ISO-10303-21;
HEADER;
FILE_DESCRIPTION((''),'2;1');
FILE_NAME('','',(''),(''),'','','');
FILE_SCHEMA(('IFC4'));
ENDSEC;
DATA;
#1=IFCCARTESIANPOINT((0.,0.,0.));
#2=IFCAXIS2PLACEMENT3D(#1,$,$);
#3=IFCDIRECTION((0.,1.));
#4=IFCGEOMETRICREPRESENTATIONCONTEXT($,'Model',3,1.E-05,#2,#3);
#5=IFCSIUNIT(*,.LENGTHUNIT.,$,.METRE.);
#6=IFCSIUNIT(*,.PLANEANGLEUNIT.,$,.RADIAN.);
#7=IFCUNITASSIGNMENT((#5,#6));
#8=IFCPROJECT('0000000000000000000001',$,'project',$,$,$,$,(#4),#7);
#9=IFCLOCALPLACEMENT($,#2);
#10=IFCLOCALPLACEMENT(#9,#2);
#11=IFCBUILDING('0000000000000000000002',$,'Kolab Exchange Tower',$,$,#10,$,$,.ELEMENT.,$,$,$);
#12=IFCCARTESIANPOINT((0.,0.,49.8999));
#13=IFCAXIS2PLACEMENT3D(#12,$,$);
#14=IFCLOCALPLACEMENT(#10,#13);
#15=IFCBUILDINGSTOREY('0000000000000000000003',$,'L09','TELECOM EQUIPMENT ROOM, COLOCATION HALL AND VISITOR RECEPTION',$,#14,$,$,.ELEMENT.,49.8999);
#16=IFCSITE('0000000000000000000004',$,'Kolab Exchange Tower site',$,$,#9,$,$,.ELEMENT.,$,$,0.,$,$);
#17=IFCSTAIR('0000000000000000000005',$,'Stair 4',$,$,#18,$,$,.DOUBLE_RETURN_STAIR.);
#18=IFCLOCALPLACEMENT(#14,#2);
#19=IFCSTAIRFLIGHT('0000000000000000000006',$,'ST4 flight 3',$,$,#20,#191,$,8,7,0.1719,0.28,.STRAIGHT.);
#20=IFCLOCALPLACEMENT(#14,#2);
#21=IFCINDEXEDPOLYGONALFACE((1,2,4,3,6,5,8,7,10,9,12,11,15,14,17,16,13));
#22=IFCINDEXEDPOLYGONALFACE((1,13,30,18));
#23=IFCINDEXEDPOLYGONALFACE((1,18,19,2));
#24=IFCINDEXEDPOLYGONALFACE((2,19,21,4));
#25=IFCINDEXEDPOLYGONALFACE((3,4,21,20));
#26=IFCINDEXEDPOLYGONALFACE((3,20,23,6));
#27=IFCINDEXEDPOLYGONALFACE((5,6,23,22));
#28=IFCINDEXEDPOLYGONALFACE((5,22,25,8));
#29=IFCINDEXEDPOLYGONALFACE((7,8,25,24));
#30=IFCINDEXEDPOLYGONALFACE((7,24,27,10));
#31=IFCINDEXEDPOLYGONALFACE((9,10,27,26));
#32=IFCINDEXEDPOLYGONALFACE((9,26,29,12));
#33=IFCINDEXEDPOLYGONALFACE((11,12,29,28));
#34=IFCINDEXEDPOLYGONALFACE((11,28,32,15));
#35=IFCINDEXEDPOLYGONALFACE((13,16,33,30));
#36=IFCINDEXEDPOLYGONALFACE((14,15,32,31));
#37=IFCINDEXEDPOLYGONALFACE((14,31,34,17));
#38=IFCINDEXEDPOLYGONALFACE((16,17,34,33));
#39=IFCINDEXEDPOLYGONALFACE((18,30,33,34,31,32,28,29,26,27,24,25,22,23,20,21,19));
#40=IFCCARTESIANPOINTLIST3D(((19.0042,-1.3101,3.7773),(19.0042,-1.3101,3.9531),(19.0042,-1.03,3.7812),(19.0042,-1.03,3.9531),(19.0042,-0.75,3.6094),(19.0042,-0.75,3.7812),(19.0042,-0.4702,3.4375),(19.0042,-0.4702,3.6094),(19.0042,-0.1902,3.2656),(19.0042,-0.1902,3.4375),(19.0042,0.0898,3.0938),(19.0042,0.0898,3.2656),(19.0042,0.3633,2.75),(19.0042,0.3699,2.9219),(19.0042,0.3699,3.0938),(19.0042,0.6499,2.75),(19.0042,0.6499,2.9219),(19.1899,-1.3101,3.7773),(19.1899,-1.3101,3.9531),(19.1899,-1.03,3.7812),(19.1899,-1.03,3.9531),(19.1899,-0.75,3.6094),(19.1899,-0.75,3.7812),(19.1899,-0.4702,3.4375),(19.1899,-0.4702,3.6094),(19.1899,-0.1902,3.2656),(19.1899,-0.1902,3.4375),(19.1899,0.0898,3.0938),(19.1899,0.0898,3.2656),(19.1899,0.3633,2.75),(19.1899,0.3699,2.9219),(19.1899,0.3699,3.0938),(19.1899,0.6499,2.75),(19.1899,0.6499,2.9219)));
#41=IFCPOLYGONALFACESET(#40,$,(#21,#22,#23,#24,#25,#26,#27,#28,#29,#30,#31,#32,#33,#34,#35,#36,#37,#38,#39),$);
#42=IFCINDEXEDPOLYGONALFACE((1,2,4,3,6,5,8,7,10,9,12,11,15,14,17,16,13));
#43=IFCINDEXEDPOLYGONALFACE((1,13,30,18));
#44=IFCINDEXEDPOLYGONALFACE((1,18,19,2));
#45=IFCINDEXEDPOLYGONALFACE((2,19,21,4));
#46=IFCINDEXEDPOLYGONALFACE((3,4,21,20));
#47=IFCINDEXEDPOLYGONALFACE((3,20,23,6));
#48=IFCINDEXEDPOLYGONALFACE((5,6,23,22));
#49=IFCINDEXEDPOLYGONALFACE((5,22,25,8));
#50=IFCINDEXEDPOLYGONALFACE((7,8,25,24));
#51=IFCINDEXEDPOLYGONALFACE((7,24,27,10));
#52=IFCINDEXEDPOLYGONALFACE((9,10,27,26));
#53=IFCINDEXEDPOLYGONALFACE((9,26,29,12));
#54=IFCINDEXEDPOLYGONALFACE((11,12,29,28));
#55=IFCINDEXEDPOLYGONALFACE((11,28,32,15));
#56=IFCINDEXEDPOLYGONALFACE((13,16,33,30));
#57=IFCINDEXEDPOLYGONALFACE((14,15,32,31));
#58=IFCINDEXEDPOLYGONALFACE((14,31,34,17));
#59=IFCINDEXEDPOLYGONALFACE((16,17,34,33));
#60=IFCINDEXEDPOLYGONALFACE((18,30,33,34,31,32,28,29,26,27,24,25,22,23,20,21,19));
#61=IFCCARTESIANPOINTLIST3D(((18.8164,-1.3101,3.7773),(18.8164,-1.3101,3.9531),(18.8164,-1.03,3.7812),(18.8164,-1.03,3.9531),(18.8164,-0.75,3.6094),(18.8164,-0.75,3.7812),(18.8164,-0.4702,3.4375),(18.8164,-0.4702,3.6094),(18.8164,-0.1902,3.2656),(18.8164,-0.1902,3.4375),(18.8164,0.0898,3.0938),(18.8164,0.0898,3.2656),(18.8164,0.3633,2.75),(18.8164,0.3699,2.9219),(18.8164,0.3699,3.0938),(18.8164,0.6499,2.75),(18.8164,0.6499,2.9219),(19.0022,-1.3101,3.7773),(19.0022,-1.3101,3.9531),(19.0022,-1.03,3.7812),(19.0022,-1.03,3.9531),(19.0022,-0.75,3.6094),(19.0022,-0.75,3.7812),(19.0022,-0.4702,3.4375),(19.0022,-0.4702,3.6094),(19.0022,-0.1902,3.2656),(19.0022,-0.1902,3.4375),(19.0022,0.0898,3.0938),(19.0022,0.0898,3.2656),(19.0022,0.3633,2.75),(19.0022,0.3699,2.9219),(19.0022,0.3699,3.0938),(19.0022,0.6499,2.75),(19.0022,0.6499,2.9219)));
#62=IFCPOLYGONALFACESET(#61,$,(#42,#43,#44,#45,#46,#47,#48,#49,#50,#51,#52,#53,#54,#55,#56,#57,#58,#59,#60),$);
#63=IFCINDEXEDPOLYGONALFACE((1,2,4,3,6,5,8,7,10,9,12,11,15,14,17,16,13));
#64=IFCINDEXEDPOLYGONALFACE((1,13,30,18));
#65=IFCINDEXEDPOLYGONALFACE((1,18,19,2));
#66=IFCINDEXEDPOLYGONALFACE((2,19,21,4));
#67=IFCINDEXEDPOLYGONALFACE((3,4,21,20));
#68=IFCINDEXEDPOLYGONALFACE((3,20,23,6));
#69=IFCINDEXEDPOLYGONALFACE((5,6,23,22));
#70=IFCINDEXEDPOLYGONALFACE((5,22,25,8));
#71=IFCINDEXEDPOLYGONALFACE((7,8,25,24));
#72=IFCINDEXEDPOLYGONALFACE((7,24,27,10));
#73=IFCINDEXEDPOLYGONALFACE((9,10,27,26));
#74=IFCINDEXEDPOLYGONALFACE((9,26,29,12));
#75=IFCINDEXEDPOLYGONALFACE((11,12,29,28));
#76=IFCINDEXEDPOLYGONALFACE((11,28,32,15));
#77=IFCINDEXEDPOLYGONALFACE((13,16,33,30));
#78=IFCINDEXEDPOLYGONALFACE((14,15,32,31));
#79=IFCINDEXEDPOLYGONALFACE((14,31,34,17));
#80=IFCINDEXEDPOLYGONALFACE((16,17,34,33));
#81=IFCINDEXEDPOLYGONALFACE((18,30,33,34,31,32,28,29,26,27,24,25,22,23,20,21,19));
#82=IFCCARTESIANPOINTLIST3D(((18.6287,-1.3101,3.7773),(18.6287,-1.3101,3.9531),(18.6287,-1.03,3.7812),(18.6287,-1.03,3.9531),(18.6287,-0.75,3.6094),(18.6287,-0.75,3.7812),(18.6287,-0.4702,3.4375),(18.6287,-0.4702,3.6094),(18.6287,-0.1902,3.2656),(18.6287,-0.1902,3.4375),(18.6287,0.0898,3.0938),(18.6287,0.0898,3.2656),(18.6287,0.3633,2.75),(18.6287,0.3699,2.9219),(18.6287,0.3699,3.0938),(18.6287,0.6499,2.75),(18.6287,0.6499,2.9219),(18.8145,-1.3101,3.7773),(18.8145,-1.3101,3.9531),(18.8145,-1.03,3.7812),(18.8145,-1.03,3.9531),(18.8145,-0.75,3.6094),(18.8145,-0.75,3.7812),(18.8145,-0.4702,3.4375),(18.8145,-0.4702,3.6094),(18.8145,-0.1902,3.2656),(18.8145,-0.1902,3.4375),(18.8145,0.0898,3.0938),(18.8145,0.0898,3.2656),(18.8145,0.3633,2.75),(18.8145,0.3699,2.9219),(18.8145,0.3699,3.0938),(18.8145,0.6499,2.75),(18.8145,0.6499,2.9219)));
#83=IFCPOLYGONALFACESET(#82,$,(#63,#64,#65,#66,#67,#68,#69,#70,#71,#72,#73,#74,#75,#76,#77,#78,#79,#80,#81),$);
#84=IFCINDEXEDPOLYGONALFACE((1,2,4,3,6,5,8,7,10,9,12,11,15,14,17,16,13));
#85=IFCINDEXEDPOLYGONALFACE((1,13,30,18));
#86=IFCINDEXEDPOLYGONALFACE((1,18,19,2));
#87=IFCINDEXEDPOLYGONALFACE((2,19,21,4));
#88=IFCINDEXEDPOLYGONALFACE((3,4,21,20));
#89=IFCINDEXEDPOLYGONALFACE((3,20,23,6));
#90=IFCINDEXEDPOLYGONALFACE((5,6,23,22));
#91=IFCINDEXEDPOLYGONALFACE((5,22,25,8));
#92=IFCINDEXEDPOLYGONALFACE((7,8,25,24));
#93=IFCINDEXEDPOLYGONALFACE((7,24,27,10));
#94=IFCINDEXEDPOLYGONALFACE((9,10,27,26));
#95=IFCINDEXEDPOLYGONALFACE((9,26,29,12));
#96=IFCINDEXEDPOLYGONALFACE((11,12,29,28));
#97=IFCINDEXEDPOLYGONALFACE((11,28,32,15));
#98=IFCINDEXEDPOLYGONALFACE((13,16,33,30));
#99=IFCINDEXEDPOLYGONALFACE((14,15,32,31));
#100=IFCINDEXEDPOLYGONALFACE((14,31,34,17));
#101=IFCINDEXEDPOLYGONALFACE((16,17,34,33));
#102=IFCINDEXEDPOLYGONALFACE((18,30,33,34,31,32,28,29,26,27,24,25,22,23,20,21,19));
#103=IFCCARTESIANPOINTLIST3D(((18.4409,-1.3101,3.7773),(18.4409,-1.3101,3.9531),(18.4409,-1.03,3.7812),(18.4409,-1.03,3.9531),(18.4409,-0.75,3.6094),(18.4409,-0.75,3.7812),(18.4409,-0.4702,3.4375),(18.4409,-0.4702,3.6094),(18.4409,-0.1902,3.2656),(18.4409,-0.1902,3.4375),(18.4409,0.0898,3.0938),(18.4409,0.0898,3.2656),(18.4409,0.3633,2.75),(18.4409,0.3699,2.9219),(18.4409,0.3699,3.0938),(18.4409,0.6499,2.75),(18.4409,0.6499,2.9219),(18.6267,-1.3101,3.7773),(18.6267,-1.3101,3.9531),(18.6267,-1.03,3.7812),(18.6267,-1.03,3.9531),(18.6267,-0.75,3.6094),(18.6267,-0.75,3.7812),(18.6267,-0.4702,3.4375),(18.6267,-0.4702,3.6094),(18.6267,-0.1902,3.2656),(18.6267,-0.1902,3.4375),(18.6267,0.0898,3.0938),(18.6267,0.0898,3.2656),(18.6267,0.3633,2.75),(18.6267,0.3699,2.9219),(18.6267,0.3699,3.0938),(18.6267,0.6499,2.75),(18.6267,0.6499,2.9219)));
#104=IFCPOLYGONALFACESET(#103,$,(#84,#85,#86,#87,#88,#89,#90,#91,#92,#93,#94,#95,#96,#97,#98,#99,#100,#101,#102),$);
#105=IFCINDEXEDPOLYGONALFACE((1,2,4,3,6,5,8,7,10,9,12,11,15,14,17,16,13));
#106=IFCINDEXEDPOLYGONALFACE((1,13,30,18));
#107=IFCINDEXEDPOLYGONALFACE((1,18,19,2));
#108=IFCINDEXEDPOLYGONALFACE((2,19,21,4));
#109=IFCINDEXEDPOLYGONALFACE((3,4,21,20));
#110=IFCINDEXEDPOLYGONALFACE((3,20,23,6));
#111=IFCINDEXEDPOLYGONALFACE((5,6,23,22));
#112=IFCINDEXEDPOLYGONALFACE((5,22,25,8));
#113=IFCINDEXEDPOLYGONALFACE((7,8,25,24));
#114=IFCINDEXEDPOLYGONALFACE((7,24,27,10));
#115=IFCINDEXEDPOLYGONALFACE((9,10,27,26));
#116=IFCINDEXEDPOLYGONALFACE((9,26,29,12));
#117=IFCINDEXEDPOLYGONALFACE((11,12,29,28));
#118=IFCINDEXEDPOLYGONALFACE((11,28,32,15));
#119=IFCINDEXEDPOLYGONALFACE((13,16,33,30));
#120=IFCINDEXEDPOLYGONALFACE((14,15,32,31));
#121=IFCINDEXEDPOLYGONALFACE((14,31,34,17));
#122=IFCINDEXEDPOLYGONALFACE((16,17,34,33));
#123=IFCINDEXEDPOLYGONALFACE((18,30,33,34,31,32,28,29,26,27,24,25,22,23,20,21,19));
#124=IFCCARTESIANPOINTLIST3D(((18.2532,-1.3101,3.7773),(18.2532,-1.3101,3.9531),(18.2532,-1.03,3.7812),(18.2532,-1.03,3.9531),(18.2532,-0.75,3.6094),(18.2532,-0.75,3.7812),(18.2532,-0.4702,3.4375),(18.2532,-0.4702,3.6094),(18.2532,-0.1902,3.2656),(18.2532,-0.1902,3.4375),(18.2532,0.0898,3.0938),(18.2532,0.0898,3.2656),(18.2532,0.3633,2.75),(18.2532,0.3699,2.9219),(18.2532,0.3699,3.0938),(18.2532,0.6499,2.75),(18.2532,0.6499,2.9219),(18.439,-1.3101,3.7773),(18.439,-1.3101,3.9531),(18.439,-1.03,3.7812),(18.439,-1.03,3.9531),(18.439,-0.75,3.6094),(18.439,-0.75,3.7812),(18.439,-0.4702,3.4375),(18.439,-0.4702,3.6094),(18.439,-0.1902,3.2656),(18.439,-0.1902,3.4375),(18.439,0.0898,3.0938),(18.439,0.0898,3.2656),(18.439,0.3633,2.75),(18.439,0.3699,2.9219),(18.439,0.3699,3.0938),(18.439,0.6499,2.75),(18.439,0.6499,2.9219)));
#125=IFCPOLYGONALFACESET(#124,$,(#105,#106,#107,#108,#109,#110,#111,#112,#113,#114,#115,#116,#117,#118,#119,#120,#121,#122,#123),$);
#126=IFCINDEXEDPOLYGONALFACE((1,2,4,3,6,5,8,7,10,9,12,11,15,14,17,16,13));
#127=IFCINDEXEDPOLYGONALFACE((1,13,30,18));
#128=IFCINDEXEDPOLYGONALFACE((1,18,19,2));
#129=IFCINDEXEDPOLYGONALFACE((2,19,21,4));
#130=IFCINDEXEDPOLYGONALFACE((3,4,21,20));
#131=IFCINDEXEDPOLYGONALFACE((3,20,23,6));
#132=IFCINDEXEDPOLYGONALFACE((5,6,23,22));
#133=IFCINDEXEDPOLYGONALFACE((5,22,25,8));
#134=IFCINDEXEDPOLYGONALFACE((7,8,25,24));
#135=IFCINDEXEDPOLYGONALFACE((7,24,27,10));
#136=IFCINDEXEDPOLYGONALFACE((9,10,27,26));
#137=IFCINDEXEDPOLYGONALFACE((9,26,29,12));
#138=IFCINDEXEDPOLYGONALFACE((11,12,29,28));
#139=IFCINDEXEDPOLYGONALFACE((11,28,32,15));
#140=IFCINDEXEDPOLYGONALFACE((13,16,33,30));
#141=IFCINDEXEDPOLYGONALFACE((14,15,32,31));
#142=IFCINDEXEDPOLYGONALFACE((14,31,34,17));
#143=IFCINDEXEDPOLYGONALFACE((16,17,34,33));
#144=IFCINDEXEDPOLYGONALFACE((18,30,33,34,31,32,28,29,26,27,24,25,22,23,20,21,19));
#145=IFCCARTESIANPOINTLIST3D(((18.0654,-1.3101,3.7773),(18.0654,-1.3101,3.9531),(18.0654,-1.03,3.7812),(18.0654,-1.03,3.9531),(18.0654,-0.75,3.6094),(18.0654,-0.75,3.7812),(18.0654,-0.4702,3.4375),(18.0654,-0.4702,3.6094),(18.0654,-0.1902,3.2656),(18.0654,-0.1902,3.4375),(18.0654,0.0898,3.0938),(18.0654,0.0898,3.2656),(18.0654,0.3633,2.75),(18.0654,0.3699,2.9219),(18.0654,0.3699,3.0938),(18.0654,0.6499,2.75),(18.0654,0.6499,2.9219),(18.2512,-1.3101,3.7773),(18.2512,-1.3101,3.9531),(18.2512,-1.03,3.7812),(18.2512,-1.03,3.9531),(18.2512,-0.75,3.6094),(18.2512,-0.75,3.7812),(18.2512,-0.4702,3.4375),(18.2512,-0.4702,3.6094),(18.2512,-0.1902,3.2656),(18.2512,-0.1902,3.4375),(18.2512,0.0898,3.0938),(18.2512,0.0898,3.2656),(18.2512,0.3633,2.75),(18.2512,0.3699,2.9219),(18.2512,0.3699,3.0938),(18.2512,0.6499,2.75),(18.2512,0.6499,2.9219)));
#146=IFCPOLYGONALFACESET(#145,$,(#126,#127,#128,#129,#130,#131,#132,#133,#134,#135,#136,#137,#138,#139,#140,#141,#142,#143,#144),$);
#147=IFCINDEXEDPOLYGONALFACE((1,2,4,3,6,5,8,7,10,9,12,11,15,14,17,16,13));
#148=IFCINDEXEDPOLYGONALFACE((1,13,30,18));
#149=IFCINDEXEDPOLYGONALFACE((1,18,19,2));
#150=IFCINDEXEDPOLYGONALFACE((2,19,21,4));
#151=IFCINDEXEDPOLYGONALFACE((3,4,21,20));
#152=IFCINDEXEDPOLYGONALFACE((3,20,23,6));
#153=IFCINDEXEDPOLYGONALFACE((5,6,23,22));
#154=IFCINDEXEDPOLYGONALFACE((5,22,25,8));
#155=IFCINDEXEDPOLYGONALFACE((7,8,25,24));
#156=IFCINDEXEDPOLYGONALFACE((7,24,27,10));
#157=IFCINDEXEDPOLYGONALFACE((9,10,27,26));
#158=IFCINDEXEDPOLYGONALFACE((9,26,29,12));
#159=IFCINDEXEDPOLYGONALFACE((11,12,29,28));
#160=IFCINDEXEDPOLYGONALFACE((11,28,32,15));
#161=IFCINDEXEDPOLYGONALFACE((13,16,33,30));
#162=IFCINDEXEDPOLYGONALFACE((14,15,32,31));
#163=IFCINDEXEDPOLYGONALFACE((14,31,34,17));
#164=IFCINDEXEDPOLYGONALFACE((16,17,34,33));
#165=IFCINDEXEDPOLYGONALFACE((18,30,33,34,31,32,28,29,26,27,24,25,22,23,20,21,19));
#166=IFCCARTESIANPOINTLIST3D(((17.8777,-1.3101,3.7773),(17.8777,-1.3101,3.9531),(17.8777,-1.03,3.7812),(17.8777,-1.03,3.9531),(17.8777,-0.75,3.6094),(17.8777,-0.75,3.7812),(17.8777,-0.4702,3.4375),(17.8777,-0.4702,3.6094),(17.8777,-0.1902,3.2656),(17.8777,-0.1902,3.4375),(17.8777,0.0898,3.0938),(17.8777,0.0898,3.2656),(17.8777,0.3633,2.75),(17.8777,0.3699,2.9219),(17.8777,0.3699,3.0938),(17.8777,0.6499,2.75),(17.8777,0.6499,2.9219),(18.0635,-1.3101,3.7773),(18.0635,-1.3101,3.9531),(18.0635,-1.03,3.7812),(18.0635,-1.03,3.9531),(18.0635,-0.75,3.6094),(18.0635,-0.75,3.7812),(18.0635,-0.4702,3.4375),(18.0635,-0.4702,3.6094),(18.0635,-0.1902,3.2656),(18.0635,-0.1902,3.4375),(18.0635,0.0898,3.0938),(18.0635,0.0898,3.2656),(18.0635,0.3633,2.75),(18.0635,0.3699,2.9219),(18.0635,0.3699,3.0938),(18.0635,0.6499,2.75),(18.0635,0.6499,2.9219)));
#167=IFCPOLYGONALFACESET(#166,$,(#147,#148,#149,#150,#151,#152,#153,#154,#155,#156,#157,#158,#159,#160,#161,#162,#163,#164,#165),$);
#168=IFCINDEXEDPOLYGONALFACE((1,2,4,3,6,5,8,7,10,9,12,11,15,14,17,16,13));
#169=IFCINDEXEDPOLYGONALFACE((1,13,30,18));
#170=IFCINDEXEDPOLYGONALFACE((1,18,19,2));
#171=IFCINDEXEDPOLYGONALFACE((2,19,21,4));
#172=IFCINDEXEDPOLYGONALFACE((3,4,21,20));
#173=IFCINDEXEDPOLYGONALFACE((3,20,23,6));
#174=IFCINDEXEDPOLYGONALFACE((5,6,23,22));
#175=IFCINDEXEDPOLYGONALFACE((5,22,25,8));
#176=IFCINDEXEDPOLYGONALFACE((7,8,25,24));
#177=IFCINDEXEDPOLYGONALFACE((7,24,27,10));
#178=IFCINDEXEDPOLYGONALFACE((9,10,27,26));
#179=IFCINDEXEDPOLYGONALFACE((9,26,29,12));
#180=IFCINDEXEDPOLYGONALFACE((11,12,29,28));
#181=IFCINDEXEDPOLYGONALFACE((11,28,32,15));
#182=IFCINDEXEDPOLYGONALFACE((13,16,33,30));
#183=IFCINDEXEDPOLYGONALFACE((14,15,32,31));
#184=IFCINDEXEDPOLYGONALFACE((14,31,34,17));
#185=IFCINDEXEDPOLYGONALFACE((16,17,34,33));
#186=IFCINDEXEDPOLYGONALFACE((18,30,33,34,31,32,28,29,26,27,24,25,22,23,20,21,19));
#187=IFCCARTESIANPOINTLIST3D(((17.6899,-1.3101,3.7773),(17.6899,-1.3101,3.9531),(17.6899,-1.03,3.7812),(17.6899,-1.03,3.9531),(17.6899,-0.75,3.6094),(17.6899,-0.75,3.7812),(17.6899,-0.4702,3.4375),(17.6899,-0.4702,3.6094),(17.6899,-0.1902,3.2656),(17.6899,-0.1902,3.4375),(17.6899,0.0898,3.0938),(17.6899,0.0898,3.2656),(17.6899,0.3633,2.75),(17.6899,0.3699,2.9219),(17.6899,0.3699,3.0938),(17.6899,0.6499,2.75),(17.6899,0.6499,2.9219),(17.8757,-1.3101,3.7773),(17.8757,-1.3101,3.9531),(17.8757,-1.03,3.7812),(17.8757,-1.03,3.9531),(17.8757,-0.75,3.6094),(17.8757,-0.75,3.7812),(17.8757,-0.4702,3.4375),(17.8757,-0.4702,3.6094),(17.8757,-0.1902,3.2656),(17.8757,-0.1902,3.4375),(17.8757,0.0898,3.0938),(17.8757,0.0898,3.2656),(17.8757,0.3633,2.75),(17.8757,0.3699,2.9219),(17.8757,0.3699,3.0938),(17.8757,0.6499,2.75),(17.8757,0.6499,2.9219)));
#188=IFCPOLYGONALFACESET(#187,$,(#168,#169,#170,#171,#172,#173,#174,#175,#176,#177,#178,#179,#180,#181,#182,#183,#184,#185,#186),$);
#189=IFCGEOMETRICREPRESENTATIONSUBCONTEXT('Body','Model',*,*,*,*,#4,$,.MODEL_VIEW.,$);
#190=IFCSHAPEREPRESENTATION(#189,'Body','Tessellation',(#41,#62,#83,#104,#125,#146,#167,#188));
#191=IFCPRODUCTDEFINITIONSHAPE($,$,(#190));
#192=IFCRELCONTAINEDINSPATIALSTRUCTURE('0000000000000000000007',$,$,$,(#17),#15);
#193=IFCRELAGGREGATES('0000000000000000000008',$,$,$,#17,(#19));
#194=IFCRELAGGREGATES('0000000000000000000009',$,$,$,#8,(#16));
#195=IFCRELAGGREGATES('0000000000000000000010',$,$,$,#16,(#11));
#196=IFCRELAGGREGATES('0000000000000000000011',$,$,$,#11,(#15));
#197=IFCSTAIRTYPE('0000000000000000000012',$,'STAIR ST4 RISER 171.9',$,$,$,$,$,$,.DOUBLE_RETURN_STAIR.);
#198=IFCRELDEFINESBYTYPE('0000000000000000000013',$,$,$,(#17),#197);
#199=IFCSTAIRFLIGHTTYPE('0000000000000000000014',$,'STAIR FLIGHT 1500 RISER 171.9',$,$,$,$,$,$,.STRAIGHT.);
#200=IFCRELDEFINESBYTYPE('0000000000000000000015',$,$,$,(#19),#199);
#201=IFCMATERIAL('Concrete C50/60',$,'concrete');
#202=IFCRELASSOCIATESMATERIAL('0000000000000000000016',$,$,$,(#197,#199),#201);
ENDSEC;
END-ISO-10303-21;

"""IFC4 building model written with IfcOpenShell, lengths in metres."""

from ifc_helpers import new_model, si_unit, direction, frame, origin, place, context, subcontext, project, spatial, polyline, outline, extrude, material, type_object, element, aggregate, save


model = new_model("IFC4")

# Units and contexts
model_context = context("Model", 3, precision=1e-05, world=origin(), true_north=direction((0.0, 1.0)))
body_context = subcontext(model_context, "Body", "Model", "MODEL_VIEW")
ifc_project = project(units=[si_unit("LENGTHUNIT", "METRE"), si_unit("PLANEANGLEUNIT", "RADIAN")], contexts=[model_context])

# Site, building, storey
site_placement = place(None, origin())
site = spatial("IfcSite", under=ifc_project, at=site_placement, Name="Kolab Exchange Tower site", CompositionType="ELEMENT", RefElevation=0.0)
building_placement = place(site_placement, origin())
building = spatial("IfcBuilding", under=site, at=building_placement, Name="Kolab Exchange Tower", CompositionType="ELEMENT")
storey_placement = place(building_placement, frame((0.0, 0.0, 49.8999)))
storey = spatial("IfcBuildingStorey", under=building, at=storey_placement, Name="L09", Description="TELECOM EQUIPMENT ROOM, COLOCATION HALL AND VISITOR RECEPTION", CompositionType="ELEMENT", Elevation=49.8999)

# Stair, stair flight
ifc_material_1 = material(Name="Concrete C50/60", Category="concrete")
stair_type = type_object("IfcStairType", Name="STAIR ST4 RISER 171.9", PredefinedType="DOUBLE_RETURN_STAIR", material=ifc_material_1)
stair_placement = place(storey_placement, origin())
stair = element("IfcStair", 1, at=stair_placement, inside=storey, type_object=stair_type, Name="Stair 4", PredefinedType="DOUBLE_RETURN_STAIR")
stair_flight_type = type_object("IfcStairFlightType", Name="STAIR FLIGHT 1500 RISER 171.9", PredefinedType="STRAIGHT", material=ifc_material_1)
stair_flight_1_placement = place(storey_placement, frame((18.4399, 0.6499, 2.75), z_axis=(0.0, 0.0, 1.0), x_axis=(0.0, -1.0, 0.0)))
stair_flight_1 = element("IfcStairFlight", 2, at=stair_flight_1_placement, type_object=stair_flight_type, Name="ST4 flight 3", NumberOfRisers=8, NumberOfTreads=7, PredefinedType="STRAIGHT", RiserHeight=0.1719, TreadLength=0.28, context=body_context, shape_type="SweptSolid", body=[
    extrude(outline(polyline([(0.0, 0.0), (0.0, 0.1719), (0.28, 0.1719), (0.28, 0.3438), (0.5601, 0.3438), (0.5601, 0.5156), (0.8401, 0.5156), (0.8401, 0.6875), (1.1201, 0.6875), (1.1201, 0.8594), (1.3999, 0.8594), (1.3999, 1.0312), (1.6799, 1.0312), (1.6799, 1.2031), (1.96, 1.2031), (1.96, 1.375), (1.96, 1.0273), (0.2866, 0.0), (0.0, 0.0)])), frame((0.0, 0.75, 0.0), z_axis=(0.0, -1.0, 0.0), x_axis=(1.0, 0.0, 0.0)), (0.0, 0.0, 1.0), 0.1858),
    extrude(outline(polyline([(0.0, 0.0), (0.0, 0.1719), (0.28, 0.1719), (0.28, 0.3438), (0.5601, 0.3438), (0.5601, 0.5156), (0.8401, 0.5156), (0.8401, 0.6875), (1.1201, 0.6875), (1.1201, 0.8594), (1.3999, 0.8594), (1.3999, 1.0312), (1.6799, 1.0312), (1.6799, 1.2031), (1.96, 1.2031), (1.96, 1.375), (1.96, 1.0273), (0.2866, 0.0), (0.0, 0.0)])), frame((0.0, 0.5623, 0.0), z_axis=(0.0, -1.0, 0.0), x_axis=(1.0, 0.0, 0.0)), (0.0, 0.0, 1.0), 0.1858),
    extrude(outline(polyline([(0.0, 0.0), (0.0, 0.1719), (0.28, 0.1719), (0.28, 0.3438), (0.5601, 0.3438), (0.5601, 0.5156), (0.8401, 0.5156), (0.8401, 0.6875), (1.1201, 0.6875), (1.1201, 0.8594), (1.3999, 0.8594), (1.3999, 1.0312), (1.6799, 1.0312), (1.6799, 1.2031), (1.96, 1.2031), (1.96, 1.375), (1.96, 1.0273), (0.2866, 0.0), (0.0, 0.0)])), frame((0.0, 0.3745, 0.0), z_axis=(0.0, -1.0, 0.0), x_axis=(1.0, 0.0, 0.0)), (0.0, 0.0, 1.0), 0.1858),
    extrude(outline(polyline([(0.0, 0.0), (0.0, 0.1719), (0.28, 0.1719), (0.28, 0.3438), (0.5601, 0.3438), (0.5601, 0.5156), (0.8401, 0.5156), (0.8401, 0.6875), (1.1201, 0.6875), (1.1201, 0.8594), (1.3999, 0.8594), (1.3999, 1.0312), (1.6799, 1.0312), (1.6799, 1.2031), (1.96, 1.2031), (1.96, 1.375), (1.96, 1.0273), (0.2866, 0.0), (0.0, 0.0)])), frame((0.0, 0.1868, 0.0), z_axis=(0.0, -1.0, 0.0), x_axis=(1.0, 0.0, 0.0)), (0.0, 0.0, 1.0), 0.1858),
    extrude(outline(polyline([(0.0, 0.0), (0.0, 0.1719), (0.28, 0.1719), (0.28, 0.3438), (0.5601, 0.3438), (0.5601, 0.5156), (0.8401, 0.5156), (0.8401, 0.6875), (1.1201, 0.6875), (1.1201, 0.8594), (1.3999, 0.8594), (1.3999, 1.0312), (1.6799, 1.0312), (1.6799, 1.2031), (1.96, 1.2031), (1.96, 1.375), (1.96, 1.0273), (0.2866, 0.0), (0.0, 0.0)])), frame((0.0, -0.001, 0.0), z_axis=(0.0, -1.0, 0.0), x_axis=(1.0, 0.0, 0.0)), (0.0, 0.0, 1.0), 0.1858),
    extrude(outline(polyline([(0.0, 0.0), (0.0, 0.1719), (0.28, 0.1719), (0.28, 0.3438), (0.5601, 0.3438), (0.5601, 0.5156), (0.8401, 0.5156), (0.8401, 0.6875), (1.1201, 0.6875), (1.1201, 0.8594), (1.3999, 0.8594), (1.3999, 1.0312), (1.6799, 1.0312), (1.6799, 1.2031), (1.96, 1.2031), (1.96, 1.375), (1.96, 1.0273), (0.2866, 0.0), (0.0, 0.0)])), frame((0.0, -0.1887, 0.0), z_axis=(0.0, -1.0, 0.0), x_axis=(1.0, 0.0, 0.0)), (0.0, 0.0, 1.0), 0.1858),
    extrude(outline(polyline([(0.0, 0.0), (0.0, 0.1719), (0.28, 0.1719), (0.28, 0.3438), (0.5601, 0.3438), (0.5601, 0.5156), (0.8401, 0.5156), (0.8401, 0.6875), (1.1201, 0.6875), (1.1201, 0.8594), (1.3999, 0.8594), (1.3999, 1.0312), (1.6799, 1.0312), (1.6799, 1.2031), (1.96, 1.2031), (1.96, 1.375), (1.96, 1.0273), (0.2866, 0.0), (0.0, 0.0)])), frame((0.0, -0.3765, 0.0), z_axis=(0.0, -1.0, 0.0), x_axis=(1.0, 0.0, 0.0)), (0.0, 0.0, 1.0), 0.1858),
    extrude(outline(polyline([(0.0, 0.0), (0.0, 0.1719), (0.28, 0.1719), (0.28, 0.3438), (0.5601, 0.3438), (0.5601, 0.5156), (0.8401, 0.5156), (0.8401, 0.6875), (1.1201, 0.6875), (1.1201, 0.8594), (1.3999, 0.8594), (1.3999, 1.0312), (1.6799, 1.0312), (1.6799, 1.2031), (1.96, 1.2031), (1.96, 1.375), (1.96, 1.0273), (0.2866, 0.0), (0.0, 0.0)])), frame((0.0, -0.5642, 0.0), z_axis=(0.0, -1.0, 0.0), x_axis=(1.0, 0.0, 0.0)), (0.0, 0.0, 1.0), 0.1858),
])
aggregate(stair, [stair_flight_1])

save(model, "model.ifc")
